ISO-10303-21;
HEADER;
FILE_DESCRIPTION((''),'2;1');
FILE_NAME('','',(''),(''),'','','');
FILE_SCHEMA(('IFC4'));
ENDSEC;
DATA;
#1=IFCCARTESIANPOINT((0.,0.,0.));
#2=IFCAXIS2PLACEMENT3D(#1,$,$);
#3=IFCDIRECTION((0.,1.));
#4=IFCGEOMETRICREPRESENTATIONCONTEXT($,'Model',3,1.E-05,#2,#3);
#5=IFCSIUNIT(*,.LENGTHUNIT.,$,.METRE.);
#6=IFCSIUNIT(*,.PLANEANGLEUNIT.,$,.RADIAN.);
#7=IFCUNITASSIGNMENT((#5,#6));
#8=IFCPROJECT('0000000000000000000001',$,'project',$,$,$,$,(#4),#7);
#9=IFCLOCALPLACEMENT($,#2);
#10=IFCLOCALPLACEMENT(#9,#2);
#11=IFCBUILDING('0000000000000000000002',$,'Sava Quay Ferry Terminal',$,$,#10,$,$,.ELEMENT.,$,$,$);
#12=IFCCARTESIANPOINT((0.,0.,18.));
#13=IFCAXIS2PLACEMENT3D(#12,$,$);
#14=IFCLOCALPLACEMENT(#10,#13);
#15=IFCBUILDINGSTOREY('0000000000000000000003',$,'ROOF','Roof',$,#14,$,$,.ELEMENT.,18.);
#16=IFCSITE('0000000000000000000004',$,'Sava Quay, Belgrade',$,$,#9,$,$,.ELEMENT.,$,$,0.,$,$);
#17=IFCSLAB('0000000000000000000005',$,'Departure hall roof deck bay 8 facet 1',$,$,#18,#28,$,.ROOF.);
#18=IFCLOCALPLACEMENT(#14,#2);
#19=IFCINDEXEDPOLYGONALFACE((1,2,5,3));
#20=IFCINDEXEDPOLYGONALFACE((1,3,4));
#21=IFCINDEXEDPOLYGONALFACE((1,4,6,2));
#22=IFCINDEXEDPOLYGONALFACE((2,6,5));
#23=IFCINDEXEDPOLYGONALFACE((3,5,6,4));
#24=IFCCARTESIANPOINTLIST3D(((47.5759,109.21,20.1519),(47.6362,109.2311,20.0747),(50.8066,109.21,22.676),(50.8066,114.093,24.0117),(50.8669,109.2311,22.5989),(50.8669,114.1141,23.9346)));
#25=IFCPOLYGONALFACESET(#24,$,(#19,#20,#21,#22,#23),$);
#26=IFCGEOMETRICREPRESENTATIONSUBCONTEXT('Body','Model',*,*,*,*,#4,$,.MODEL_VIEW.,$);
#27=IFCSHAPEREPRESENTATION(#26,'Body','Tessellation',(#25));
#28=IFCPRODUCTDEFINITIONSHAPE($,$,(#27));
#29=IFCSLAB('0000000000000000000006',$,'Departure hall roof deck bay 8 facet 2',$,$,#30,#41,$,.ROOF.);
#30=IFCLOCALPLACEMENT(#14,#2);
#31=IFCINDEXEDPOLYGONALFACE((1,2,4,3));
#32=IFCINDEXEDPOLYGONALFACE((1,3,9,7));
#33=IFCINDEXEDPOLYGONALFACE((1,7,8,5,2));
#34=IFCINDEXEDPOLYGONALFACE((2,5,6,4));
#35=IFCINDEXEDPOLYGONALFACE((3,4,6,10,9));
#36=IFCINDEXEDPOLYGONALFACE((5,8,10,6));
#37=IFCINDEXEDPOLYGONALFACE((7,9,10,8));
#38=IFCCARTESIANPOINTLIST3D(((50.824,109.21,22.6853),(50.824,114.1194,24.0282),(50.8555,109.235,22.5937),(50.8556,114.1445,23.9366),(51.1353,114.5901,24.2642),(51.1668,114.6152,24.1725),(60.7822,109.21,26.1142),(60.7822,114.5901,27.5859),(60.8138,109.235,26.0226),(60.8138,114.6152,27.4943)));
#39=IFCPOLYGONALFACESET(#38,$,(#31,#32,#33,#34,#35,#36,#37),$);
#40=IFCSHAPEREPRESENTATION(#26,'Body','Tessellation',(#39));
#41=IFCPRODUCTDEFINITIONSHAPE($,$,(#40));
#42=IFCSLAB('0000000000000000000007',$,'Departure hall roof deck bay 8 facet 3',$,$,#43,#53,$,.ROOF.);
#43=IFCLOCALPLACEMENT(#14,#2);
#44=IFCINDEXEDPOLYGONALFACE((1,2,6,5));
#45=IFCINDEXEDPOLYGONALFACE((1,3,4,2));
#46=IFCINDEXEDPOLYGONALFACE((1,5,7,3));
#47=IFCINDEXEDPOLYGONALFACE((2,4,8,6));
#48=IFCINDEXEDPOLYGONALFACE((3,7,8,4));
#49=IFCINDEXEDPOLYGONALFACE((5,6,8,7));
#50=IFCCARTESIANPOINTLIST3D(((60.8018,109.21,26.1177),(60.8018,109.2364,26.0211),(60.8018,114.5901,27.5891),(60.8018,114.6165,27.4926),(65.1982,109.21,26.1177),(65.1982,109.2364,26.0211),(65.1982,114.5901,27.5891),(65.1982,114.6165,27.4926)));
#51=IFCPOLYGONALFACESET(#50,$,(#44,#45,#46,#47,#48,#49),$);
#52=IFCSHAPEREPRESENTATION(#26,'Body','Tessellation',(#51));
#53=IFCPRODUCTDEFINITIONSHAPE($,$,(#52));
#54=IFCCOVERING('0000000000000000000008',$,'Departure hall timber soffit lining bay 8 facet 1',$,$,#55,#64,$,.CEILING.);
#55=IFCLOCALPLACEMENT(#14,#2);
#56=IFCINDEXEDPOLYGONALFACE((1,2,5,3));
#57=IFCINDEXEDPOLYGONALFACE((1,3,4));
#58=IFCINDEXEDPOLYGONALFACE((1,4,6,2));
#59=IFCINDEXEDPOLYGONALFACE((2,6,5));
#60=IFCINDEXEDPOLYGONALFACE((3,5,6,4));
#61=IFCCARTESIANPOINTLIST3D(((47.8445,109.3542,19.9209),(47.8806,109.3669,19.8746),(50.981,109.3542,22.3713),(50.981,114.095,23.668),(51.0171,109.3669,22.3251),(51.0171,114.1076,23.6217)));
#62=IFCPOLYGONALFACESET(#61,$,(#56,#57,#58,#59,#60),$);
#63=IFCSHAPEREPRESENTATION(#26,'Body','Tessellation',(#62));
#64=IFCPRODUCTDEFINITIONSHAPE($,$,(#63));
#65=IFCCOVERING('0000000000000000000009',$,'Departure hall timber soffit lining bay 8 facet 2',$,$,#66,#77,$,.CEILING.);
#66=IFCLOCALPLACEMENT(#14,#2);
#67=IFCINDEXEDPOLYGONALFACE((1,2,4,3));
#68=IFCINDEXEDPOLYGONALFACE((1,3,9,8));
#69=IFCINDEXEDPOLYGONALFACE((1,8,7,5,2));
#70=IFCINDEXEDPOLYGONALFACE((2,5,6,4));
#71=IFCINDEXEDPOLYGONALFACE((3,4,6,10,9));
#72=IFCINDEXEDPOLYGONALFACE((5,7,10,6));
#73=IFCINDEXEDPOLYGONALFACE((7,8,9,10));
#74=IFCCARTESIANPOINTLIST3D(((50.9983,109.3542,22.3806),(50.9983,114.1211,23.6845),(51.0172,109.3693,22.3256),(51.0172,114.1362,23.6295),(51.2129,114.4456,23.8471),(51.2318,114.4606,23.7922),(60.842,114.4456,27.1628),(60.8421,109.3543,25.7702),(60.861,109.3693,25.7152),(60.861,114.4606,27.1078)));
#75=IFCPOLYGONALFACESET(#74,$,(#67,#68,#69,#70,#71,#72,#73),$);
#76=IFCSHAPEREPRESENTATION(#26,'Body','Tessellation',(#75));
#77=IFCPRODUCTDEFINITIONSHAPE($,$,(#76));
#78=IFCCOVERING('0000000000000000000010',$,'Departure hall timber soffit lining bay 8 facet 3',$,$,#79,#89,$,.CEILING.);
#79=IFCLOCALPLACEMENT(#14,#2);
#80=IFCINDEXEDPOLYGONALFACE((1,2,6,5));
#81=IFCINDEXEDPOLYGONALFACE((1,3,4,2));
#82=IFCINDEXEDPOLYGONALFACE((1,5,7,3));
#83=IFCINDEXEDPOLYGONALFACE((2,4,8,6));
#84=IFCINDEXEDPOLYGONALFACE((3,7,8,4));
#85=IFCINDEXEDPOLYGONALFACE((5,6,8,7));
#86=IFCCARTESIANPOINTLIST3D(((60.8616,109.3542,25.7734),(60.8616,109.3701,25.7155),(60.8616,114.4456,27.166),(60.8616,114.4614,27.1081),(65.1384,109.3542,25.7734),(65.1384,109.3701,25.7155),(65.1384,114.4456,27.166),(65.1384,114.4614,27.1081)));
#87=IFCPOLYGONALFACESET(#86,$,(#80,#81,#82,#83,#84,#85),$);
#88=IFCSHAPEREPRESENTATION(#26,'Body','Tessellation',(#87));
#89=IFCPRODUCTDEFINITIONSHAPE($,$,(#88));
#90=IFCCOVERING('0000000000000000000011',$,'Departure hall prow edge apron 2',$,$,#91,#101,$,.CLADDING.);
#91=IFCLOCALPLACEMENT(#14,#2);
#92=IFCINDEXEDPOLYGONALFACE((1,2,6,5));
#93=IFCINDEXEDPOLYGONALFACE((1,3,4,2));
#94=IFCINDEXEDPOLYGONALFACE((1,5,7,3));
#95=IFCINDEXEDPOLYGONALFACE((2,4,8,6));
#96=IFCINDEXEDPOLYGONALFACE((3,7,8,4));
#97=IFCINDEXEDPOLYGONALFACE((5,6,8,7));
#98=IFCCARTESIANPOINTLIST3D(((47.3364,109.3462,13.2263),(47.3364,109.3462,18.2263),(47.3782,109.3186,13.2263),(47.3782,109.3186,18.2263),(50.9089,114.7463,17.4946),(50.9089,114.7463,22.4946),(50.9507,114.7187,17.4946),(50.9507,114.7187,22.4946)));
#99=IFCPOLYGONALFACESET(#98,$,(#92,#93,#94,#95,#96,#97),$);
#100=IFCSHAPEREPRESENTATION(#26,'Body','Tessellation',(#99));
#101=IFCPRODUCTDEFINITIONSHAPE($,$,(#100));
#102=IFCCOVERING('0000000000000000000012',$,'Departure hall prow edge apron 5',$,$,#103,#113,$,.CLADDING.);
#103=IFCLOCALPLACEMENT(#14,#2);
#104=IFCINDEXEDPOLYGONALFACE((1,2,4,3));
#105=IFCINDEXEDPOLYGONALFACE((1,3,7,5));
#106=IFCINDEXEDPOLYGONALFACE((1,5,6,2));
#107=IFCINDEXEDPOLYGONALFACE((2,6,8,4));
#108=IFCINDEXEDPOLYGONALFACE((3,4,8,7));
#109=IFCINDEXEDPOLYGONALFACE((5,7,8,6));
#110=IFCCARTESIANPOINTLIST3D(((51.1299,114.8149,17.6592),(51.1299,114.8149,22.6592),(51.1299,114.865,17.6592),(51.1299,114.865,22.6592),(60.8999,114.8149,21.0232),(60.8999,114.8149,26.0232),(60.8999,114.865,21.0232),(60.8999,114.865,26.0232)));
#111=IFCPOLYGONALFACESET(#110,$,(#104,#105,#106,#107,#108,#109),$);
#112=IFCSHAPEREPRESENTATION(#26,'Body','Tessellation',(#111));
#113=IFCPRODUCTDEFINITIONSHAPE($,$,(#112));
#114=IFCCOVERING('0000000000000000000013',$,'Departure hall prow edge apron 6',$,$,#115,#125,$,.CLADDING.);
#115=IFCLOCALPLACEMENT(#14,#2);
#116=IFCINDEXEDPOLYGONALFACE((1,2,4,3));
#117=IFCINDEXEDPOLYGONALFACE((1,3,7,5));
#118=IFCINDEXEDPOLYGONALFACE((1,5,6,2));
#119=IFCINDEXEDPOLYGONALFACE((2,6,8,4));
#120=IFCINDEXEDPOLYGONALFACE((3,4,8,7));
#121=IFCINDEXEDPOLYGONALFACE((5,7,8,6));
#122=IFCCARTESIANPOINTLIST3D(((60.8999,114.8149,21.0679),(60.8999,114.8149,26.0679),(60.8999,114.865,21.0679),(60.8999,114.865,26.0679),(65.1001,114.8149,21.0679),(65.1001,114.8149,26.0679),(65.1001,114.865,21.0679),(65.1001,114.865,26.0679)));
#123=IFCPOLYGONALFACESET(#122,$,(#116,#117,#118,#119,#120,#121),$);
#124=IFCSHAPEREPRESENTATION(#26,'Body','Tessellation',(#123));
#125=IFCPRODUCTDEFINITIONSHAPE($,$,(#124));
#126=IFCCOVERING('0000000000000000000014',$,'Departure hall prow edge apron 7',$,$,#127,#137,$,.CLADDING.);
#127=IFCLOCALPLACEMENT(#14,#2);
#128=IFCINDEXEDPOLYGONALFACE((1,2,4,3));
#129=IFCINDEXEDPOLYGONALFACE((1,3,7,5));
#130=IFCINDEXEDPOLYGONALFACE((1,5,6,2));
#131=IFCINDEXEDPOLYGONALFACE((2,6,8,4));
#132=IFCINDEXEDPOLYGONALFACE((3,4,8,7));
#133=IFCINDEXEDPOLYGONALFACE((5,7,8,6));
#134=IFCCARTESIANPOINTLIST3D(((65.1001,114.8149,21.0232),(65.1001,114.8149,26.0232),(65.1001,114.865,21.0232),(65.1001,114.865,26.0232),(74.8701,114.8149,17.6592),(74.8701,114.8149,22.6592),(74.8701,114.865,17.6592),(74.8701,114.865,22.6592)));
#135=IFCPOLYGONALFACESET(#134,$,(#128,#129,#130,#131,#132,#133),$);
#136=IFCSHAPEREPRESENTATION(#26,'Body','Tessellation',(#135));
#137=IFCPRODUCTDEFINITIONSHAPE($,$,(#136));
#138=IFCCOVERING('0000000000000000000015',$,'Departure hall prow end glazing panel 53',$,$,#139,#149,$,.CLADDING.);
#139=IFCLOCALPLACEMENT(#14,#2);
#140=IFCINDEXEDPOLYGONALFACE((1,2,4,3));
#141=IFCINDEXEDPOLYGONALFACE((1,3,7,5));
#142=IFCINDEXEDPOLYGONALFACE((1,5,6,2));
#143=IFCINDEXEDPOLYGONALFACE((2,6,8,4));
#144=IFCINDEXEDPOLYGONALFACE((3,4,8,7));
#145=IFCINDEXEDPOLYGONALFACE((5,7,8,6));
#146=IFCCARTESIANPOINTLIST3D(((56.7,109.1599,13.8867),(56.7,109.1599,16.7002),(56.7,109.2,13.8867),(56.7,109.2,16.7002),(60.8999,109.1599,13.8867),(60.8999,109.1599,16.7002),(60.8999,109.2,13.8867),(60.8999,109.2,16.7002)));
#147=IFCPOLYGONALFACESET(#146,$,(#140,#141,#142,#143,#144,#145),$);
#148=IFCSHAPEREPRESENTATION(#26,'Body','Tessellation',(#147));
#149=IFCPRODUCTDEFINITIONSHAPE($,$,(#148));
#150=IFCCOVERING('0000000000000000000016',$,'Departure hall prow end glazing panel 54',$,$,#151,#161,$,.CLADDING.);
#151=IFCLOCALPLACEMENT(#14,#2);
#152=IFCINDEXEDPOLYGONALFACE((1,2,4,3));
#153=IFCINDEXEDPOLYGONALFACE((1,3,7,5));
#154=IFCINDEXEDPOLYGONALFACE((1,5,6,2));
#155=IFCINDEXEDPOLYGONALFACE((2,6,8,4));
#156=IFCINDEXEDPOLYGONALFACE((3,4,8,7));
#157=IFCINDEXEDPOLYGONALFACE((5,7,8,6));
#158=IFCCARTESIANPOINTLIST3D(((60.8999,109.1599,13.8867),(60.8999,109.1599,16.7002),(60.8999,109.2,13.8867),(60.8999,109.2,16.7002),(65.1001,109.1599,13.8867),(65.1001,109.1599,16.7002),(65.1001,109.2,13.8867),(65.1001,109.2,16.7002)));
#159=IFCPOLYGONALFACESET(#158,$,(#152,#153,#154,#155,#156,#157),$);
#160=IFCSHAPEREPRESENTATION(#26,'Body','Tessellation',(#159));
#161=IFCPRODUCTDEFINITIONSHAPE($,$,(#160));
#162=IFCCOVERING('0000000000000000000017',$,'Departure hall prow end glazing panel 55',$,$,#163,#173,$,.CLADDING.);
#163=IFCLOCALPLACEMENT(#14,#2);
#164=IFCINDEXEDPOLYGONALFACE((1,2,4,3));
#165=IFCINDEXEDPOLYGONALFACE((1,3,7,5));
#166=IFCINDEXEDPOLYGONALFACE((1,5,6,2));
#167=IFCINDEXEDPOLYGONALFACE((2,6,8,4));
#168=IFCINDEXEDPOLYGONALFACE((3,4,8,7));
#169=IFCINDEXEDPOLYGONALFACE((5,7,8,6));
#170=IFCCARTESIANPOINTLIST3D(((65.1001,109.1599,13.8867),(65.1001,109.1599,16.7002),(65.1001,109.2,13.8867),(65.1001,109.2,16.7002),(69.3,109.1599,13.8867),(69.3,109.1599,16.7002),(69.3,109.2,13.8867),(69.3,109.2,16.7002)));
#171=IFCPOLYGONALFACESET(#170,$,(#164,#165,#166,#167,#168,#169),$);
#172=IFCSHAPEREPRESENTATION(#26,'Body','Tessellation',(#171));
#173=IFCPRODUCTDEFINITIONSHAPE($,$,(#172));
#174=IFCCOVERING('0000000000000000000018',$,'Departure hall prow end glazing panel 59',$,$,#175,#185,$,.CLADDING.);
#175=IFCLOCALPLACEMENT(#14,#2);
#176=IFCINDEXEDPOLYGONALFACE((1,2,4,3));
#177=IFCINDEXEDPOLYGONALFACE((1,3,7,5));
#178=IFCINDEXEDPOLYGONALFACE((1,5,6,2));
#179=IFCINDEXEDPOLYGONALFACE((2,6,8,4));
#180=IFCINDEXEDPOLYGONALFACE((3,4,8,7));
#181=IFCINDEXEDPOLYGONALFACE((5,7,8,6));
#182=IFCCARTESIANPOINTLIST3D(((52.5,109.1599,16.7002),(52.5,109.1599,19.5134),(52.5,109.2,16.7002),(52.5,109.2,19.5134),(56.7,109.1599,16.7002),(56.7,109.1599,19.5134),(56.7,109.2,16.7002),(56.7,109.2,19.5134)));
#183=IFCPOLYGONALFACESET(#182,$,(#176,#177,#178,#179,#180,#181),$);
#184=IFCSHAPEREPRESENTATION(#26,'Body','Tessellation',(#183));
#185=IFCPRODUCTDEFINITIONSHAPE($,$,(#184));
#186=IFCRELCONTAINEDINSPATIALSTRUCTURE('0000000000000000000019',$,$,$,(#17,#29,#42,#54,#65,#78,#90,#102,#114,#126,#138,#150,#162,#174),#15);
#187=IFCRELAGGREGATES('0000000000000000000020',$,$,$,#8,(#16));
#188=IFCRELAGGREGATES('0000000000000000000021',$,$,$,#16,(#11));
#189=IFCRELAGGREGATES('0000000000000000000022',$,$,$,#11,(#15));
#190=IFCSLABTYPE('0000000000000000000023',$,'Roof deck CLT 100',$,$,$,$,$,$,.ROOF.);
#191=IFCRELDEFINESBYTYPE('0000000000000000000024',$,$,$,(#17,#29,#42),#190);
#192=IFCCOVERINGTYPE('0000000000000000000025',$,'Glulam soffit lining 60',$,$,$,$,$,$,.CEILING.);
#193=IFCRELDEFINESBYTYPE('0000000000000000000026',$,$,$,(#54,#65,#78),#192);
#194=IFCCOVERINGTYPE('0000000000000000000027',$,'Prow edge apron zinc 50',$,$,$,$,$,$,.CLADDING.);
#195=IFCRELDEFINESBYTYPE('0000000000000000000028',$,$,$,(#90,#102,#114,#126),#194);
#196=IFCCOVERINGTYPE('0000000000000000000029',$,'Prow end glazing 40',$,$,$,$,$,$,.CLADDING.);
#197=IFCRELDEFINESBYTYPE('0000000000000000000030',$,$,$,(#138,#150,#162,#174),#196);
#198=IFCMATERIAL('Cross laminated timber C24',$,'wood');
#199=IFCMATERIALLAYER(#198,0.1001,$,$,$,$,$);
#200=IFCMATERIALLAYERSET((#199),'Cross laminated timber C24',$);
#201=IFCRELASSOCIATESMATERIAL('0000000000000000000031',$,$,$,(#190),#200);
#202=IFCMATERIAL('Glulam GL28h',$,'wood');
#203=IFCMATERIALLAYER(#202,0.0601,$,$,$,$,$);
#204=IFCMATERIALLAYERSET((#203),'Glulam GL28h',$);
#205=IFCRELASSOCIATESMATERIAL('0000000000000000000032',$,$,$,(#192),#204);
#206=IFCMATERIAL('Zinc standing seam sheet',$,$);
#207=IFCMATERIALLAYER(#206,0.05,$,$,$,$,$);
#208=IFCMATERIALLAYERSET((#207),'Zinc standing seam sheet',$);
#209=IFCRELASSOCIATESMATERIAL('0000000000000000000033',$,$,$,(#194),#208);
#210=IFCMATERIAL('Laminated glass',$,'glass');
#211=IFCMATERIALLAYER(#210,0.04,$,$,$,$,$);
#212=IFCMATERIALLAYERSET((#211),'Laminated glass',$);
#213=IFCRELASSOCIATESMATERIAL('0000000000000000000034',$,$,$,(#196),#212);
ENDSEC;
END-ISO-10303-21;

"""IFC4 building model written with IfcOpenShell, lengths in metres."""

from ifc_helpers import new_model, si_unit, direction, frame, origin, place, context, subcontext, project, spatial, polyline, outline, extrude, material, layer, layer_set, type_object, element, save


model = new_model("IFC4")

# Units and contexts
model_context = context("Model", 3, precision=1e-05, world=origin(), true_north=direction((0.0, 1.0)))
body_context = subcontext(model_context, "Body", "Model", "MODEL_VIEW")
ifc_project = project(units=[si_unit("LENGTHUNIT", "METRE"), si_unit("PLANEANGLEUNIT", "RADIAN")], contexts=[model_context])

# Site, building, storey
site_placement = place(None, origin())
site = spatial("IfcSite", under=ifc_project, at=site_placement, Name="Sava Quay, Belgrade", CompositionType="ELEMENT", RefElevation=0.0)
building_placement = place(site_placement, origin())
building = spatial("IfcBuilding", under=site, at=building_placement, Name="Sava Quay Ferry Terminal", CompositionType="ELEMENT")
storey_placement = place(building_placement, frame((0.0, 0.0, 18.0)))
storey = spatial("IfcBuildingStorey", under=building, at=storey_placement, Name="ROOF", Description="Roof", CompositionType="ELEMENT", Elevation=18.0)

# Slabs
ifc_material_1 = material(Name="Cross laminated timber C24", Category="wood")
ifc_layer_1 = layer(ifc_material_1, 0.1001)
ifc_layer_set_1 = layer_set([ifc_layer_1], Name="Cross laminated timber C24")
slab_type = type_object("IfcSlabType", Name="Roof deck CLT 100", PredefinedType="ROOF", material=ifc_layer_set_1)
slab_1_placement = place(storey_placement, frame((50.8066, 114.093, 24.0117), z_axis=(-0.601848, -0.210708, 0.770312), x_axis=(0.0, -0.964565, -0.263844)))
element("IfcSlab", 1, at=slab_1_placement, inside=storey, type_object=slab_type, Name="Departure hall roof deck bay 8 facet 1", PredefinedType="ROOF", context=body_context, shape_type="SweptSolid", body=[
    extrude(outline(polyline([(0.0, 0.0), (5.0624, 0.0), (5.7284, -4.0454), (0.0, 0.0)])), origin(), (0.0, 0.0, -1.0), 0.1001),
])
slab_2_placement = place(storey_placement, frame((50.824, 109.21, 22.6853), z_axis=(-0.315197, -0.250397, 0.915397), x_axis=(0.000005, 0.964564, 0.263848)))
element("IfcSlab", 2, at=slab_2_placement, inside=storey, type_object=slab_type, Name="Departure hall roof deck bay 8 facet 2", PredefinedType="ROOF", context=body_context, shape_type="SweptSolid", body=[
    extrude(outline(polyline([(0.0, 0.0), (5.0898, 0.0), (5.6061, -0.328), (6.4826, -10.4931), (0.9048, -10.4931), (0.0, 0.0)])), origin(), (0.0, 0.0, -1.0), 0.1001),
])
slab_3_placement = place(storey_placement, frame((60.8018, 109.21, 26.1177), z_axis=(0.0, -0.263806, 0.964576), x_axis=(0.0, 0.964576, 0.263806)))
element("IfcSlab", 3, at=slab_3_placement, inside=storey, type_object=slab_type, Name="Departure hall roof deck bay 8 facet 3", PredefinedType="ROOF", context=body_context, shape_type="SweptSolid", body=[
    extrude(outline(polyline([(0.0, 0.0), (5.5777, 0.0), (5.5777, -4.3965), (0.0, -4.3965), (0.0, 0.0)])), origin(), (0.0, 0.0, -1.0), 0.1001),
])

# Coverings
ifc_material_2 = material(Name="Glulam GL28h", Category="wood")
ifc_layer_2 = layer(ifc_material_2, 0.0601)
ifc_layer_set_2 = layer_set([ifc_layer_2], Name="Glulam GL28h")
covering_type_1 = type_object("IfcCoveringType", Name="Glulam soffit lining 60", PredefinedType="CEILING", material=ifc_layer_set_2)
covering_1_placement = place(storey_placement, frame((50.981, 114.095, 23.668), z_axis=(-0.601835, -0.210691, 0.770327), x_axis=(0.0, -0.964572, -0.263819)))
element("IfcCovering", 4, at=covering_1_placement, inside=storey, type_object=covering_type_1, Name="Departure hall timber soffit lining bay 8 facet 1", PredefinedType="CEILING", context=body_context, shape_type="SweptSolid", body=[
    extrude(outline(polyline([(0.0, 0.0), (4.9148, 0.0), (5.5613, -3.9274), (0.0, 0.0)])), origin(), (0.0, 0.0, -1.0), 0.0601),
])
covering_2_placement = place(storey_placement, frame((50.9983, 109.3542, 22.3806), z_axis=(-0.315206, -0.250387, 0.915397), x_axis=(0.000005, 0.964567, 0.263838)))
element("IfcCovering", 5, at=covering_2_placement, inside=storey, type_object=covering_type_1, Name="Departure hall timber soffit lining bay 8 facet 2", PredefinedType="CEILING", context=body_context, shape_type="SweptSolid", body=[
    extrude(outline(polyline([(0.0, 0.0), (4.942, 0.0), (5.2978, -0.2261), (6.1727, -10.3725), (0.8944, -10.3725), (0.0, 0.0)])), origin(), (0.0, 0.0, -1.0), 0.0601),
])
covering_3_placement = place(storey_placement, frame((60.8616, 109.3542, 25.7734), z_axis=(0.0, -0.26383, 0.964569), x_axis=(0.0, 0.964569, 0.26383)))
element("IfcCovering", 6, at=covering_3_placement, inside=storey, type_object=covering_type_1, Name="Departure hall timber soffit lining bay 8 facet 3", PredefinedType="CEILING", context=body_context, shape_type="SweptSolid", body=[
    extrude(outline(polyline([(0.0, 0.0), (5.2783, 0.0), (5.2783, -4.2769), (0.0, -4.2769), (0.0, 0.0)])), origin(), (0.0, 0.0, -1.0), 0.0601),
])
ifc_material_3 = material(Name="Zinc standing seam sheet")
ifc_layer_3 = layer(ifc_material_3, 0.05)
ifc_layer_set_3 = layer_set([ifc_layer_3], Name="Zinc standing seam sheet")
covering_type_2 = type_object("IfcCoveringType", Name="Prow edge apron zinc 50", PredefinedType="CLADDING", material=ifc_layer_set_3)
covering_4_placement = place(storey_placement, frame((47.3364, 109.3462, 18.2263), z_axis=(-0.834012, 0.551747, 0.0), x_axis=(0.460661, 0.696327, 0.550382)))
element("IfcCovering", 7, at=covering_4_placement, inside=storey, type_object=covering_type_2, Name="Departure hall prow edge apron 2", PredefinedType="CLADDING", context=body_context, shape_type="SweptSolid", body=[
    extrude(outline(polyline([(0.0, 0.0), (7.7552, 0.0), (5.0033, 4.1746), (-2.7519, 4.1746), (0.0, 0.0)])), origin(), (0.0, 0.0, -1.0), 0.05),
])
covering_5_placement = place(storey_placement, frame((51.1299, 114.865, 22.6592), z_axis=(0.0, 1.0, 0.0), x_axis=(0.945521, 0.0, 0.325562)))
element("IfcCovering", 8, at=covering_5_placement, inside=storey, type_object=covering_type_2, Name="Departure hall prow edge apron 5", PredefinedType="CLADDING", context=body_context, shape_type="SweptSolid", body=[
    extrude(outline(polyline([(0.0, 0.0), (10.333, 0.0), (8.7051, 4.7276), (-1.6278, 4.7276), (0.0, 0.0)])), origin(), (0.0, 0.0, -1.0), 0.05),
])
covering_6_placement = place(storey_placement, frame((60.8999, 114.865, 26.0679), z_axis=(0.0, 1.0, 0.0), x_axis=(1.0, 0.0, 0.0)))
element("IfcCovering", 9, at=covering_6_placement, inside=storey, type_object=covering_type_2, Name="Departure hall prow edge apron 6", PredefinedType="CLADDING", context=body_context, shape_type="SweptSolid", body=[
    extrude(outline(polyline([(0.0, 0.0), (4.2002, 0.0), (4.2002, 5.0), (0.0, 5.0), (0.0, 0.0)])), origin(), (0.0, 0.0, -1.0), 0.05),
])
covering_7_placement = place(storey_placement, frame((65.1001, 114.865, 26.0232), z_axis=(0.0, 1.0, 0.0), x_axis=(0.945521, 0.0, -0.325562)))
element("IfcCovering", 10, at=covering_7_placement, inside=storey, type_object=covering_type_2, Name="Departure hall prow edge apron 7", PredefinedType="CLADDING", context=body_context, shape_type="SweptSolid", body=[
    extrude(outline(polyline([(0.0, 0.0), (10.333, 0.0), (11.9608, 4.7276), (1.6278, 4.7276), (0.0, 0.0)])), origin(), (0.0, 0.0, -1.0), 0.05),
])
ifc_material_4 = material(Name="Laminated glass", Category="glass")
ifc_layer_4 = layer(ifc_material_4, 0.04)
ifc_layer_set_4 = layer_set([ifc_layer_4], Name="Laminated glass")
covering_type_3 = type_object("IfcCoveringType", Name="Prow end glazing 40", PredefinedType="CLADDING", material=ifc_layer_set_4)
covering_8_placement = place(storey_placement, frame((56.7, 109.2, 13.8867), z_axis=(0.0, 1.0, 0.0), x_axis=(0.0, 0.0, 1.0)))
element("IfcCovering", 11, at=covering_8_placement, inside=storey, type_object=covering_type_3, Name="Departure hall prow end glazing panel 53", PredefinedType="CLADDING", context=body_context, shape_type="SweptSolid", body=[
    extrude(outline(polyline([(0.0, 0.0), (2.8135, 0.0), (2.8135, 4.2), (0.0, 4.2), (0.0, 0.0)])), origin(), (0.0, 0.0, -1.0), 0.04),
])
covering_9_placement = place(storey_placement, frame((60.8999, 109.2, 13.8867), z_axis=(0.0, 1.0, 0.0), x_axis=(0.0, 0.0, 1.0)))
element("IfcCovering", 12, at=covering_9_placement, inside=storey, type_object=covering_type_3, Name="Departure hall prow end glazing panel 54", PredefinedType="CLADDING", context=body_context, shape_type="SweptSolid", body=[
    extrude(outline(polyline([(0.0, 0.0), (2.8135, 0.0), (2.8135, 4.2002), (0.0, 4.2002), (0.0, 0.0)])), origin(), (0.0, 0.0, -1.0), 0.04),
])
covering_10_placement = place(storey_placement, frame((65.1001, 109.2, 13.8867), z_axis=(0.0, 1.0, 0.0), x_axis=(0.0, 0.0, 1.0)))
element("IfcCovering", 13, at=covering_10_placement, inside=storey, type_object=covering_type_3, Name="Departure hall prow end glazing panel 55", PredefinedType="CLADDING", context=body_context, shape_type="SweptSolid", body=[
    extrude(outline(polyline([(0.0, 0.0), (2.8135, 0.0), (2.8135, 4.2), (0.0, 4.2), (0.0, 0.0)])), origin(), (0.0, 0.0, -1.0), 0.04),
])
for number, where, z_axis, x_axis, name in (
    (14, (52.5, 109.2, 16.7002), (0.0, 1.0, 0.0), (0.0, 0.0, 1.0), "Departure hall prow end glazing panel 59"),
):
    element("IfcCovering", number, at=place(storey_placement, frame(where, z_axis=z_axis, x_axis=x_axis)), inside=storey, type_object=covering_type_3, Name=name, PredefinedType="CLADDING", context=body_context, shape_type="SweptSolid", body=[
        extrude(outline(polyline([(0.0, 0.0), (2.8132, 0.0), (2.8132, 4.2), (0.0, 4.2), (0.0, 0.0)])), origin(), (0.0, 0.0, -1.0), 0.04),
    ])

save(model, "model.ifc")
